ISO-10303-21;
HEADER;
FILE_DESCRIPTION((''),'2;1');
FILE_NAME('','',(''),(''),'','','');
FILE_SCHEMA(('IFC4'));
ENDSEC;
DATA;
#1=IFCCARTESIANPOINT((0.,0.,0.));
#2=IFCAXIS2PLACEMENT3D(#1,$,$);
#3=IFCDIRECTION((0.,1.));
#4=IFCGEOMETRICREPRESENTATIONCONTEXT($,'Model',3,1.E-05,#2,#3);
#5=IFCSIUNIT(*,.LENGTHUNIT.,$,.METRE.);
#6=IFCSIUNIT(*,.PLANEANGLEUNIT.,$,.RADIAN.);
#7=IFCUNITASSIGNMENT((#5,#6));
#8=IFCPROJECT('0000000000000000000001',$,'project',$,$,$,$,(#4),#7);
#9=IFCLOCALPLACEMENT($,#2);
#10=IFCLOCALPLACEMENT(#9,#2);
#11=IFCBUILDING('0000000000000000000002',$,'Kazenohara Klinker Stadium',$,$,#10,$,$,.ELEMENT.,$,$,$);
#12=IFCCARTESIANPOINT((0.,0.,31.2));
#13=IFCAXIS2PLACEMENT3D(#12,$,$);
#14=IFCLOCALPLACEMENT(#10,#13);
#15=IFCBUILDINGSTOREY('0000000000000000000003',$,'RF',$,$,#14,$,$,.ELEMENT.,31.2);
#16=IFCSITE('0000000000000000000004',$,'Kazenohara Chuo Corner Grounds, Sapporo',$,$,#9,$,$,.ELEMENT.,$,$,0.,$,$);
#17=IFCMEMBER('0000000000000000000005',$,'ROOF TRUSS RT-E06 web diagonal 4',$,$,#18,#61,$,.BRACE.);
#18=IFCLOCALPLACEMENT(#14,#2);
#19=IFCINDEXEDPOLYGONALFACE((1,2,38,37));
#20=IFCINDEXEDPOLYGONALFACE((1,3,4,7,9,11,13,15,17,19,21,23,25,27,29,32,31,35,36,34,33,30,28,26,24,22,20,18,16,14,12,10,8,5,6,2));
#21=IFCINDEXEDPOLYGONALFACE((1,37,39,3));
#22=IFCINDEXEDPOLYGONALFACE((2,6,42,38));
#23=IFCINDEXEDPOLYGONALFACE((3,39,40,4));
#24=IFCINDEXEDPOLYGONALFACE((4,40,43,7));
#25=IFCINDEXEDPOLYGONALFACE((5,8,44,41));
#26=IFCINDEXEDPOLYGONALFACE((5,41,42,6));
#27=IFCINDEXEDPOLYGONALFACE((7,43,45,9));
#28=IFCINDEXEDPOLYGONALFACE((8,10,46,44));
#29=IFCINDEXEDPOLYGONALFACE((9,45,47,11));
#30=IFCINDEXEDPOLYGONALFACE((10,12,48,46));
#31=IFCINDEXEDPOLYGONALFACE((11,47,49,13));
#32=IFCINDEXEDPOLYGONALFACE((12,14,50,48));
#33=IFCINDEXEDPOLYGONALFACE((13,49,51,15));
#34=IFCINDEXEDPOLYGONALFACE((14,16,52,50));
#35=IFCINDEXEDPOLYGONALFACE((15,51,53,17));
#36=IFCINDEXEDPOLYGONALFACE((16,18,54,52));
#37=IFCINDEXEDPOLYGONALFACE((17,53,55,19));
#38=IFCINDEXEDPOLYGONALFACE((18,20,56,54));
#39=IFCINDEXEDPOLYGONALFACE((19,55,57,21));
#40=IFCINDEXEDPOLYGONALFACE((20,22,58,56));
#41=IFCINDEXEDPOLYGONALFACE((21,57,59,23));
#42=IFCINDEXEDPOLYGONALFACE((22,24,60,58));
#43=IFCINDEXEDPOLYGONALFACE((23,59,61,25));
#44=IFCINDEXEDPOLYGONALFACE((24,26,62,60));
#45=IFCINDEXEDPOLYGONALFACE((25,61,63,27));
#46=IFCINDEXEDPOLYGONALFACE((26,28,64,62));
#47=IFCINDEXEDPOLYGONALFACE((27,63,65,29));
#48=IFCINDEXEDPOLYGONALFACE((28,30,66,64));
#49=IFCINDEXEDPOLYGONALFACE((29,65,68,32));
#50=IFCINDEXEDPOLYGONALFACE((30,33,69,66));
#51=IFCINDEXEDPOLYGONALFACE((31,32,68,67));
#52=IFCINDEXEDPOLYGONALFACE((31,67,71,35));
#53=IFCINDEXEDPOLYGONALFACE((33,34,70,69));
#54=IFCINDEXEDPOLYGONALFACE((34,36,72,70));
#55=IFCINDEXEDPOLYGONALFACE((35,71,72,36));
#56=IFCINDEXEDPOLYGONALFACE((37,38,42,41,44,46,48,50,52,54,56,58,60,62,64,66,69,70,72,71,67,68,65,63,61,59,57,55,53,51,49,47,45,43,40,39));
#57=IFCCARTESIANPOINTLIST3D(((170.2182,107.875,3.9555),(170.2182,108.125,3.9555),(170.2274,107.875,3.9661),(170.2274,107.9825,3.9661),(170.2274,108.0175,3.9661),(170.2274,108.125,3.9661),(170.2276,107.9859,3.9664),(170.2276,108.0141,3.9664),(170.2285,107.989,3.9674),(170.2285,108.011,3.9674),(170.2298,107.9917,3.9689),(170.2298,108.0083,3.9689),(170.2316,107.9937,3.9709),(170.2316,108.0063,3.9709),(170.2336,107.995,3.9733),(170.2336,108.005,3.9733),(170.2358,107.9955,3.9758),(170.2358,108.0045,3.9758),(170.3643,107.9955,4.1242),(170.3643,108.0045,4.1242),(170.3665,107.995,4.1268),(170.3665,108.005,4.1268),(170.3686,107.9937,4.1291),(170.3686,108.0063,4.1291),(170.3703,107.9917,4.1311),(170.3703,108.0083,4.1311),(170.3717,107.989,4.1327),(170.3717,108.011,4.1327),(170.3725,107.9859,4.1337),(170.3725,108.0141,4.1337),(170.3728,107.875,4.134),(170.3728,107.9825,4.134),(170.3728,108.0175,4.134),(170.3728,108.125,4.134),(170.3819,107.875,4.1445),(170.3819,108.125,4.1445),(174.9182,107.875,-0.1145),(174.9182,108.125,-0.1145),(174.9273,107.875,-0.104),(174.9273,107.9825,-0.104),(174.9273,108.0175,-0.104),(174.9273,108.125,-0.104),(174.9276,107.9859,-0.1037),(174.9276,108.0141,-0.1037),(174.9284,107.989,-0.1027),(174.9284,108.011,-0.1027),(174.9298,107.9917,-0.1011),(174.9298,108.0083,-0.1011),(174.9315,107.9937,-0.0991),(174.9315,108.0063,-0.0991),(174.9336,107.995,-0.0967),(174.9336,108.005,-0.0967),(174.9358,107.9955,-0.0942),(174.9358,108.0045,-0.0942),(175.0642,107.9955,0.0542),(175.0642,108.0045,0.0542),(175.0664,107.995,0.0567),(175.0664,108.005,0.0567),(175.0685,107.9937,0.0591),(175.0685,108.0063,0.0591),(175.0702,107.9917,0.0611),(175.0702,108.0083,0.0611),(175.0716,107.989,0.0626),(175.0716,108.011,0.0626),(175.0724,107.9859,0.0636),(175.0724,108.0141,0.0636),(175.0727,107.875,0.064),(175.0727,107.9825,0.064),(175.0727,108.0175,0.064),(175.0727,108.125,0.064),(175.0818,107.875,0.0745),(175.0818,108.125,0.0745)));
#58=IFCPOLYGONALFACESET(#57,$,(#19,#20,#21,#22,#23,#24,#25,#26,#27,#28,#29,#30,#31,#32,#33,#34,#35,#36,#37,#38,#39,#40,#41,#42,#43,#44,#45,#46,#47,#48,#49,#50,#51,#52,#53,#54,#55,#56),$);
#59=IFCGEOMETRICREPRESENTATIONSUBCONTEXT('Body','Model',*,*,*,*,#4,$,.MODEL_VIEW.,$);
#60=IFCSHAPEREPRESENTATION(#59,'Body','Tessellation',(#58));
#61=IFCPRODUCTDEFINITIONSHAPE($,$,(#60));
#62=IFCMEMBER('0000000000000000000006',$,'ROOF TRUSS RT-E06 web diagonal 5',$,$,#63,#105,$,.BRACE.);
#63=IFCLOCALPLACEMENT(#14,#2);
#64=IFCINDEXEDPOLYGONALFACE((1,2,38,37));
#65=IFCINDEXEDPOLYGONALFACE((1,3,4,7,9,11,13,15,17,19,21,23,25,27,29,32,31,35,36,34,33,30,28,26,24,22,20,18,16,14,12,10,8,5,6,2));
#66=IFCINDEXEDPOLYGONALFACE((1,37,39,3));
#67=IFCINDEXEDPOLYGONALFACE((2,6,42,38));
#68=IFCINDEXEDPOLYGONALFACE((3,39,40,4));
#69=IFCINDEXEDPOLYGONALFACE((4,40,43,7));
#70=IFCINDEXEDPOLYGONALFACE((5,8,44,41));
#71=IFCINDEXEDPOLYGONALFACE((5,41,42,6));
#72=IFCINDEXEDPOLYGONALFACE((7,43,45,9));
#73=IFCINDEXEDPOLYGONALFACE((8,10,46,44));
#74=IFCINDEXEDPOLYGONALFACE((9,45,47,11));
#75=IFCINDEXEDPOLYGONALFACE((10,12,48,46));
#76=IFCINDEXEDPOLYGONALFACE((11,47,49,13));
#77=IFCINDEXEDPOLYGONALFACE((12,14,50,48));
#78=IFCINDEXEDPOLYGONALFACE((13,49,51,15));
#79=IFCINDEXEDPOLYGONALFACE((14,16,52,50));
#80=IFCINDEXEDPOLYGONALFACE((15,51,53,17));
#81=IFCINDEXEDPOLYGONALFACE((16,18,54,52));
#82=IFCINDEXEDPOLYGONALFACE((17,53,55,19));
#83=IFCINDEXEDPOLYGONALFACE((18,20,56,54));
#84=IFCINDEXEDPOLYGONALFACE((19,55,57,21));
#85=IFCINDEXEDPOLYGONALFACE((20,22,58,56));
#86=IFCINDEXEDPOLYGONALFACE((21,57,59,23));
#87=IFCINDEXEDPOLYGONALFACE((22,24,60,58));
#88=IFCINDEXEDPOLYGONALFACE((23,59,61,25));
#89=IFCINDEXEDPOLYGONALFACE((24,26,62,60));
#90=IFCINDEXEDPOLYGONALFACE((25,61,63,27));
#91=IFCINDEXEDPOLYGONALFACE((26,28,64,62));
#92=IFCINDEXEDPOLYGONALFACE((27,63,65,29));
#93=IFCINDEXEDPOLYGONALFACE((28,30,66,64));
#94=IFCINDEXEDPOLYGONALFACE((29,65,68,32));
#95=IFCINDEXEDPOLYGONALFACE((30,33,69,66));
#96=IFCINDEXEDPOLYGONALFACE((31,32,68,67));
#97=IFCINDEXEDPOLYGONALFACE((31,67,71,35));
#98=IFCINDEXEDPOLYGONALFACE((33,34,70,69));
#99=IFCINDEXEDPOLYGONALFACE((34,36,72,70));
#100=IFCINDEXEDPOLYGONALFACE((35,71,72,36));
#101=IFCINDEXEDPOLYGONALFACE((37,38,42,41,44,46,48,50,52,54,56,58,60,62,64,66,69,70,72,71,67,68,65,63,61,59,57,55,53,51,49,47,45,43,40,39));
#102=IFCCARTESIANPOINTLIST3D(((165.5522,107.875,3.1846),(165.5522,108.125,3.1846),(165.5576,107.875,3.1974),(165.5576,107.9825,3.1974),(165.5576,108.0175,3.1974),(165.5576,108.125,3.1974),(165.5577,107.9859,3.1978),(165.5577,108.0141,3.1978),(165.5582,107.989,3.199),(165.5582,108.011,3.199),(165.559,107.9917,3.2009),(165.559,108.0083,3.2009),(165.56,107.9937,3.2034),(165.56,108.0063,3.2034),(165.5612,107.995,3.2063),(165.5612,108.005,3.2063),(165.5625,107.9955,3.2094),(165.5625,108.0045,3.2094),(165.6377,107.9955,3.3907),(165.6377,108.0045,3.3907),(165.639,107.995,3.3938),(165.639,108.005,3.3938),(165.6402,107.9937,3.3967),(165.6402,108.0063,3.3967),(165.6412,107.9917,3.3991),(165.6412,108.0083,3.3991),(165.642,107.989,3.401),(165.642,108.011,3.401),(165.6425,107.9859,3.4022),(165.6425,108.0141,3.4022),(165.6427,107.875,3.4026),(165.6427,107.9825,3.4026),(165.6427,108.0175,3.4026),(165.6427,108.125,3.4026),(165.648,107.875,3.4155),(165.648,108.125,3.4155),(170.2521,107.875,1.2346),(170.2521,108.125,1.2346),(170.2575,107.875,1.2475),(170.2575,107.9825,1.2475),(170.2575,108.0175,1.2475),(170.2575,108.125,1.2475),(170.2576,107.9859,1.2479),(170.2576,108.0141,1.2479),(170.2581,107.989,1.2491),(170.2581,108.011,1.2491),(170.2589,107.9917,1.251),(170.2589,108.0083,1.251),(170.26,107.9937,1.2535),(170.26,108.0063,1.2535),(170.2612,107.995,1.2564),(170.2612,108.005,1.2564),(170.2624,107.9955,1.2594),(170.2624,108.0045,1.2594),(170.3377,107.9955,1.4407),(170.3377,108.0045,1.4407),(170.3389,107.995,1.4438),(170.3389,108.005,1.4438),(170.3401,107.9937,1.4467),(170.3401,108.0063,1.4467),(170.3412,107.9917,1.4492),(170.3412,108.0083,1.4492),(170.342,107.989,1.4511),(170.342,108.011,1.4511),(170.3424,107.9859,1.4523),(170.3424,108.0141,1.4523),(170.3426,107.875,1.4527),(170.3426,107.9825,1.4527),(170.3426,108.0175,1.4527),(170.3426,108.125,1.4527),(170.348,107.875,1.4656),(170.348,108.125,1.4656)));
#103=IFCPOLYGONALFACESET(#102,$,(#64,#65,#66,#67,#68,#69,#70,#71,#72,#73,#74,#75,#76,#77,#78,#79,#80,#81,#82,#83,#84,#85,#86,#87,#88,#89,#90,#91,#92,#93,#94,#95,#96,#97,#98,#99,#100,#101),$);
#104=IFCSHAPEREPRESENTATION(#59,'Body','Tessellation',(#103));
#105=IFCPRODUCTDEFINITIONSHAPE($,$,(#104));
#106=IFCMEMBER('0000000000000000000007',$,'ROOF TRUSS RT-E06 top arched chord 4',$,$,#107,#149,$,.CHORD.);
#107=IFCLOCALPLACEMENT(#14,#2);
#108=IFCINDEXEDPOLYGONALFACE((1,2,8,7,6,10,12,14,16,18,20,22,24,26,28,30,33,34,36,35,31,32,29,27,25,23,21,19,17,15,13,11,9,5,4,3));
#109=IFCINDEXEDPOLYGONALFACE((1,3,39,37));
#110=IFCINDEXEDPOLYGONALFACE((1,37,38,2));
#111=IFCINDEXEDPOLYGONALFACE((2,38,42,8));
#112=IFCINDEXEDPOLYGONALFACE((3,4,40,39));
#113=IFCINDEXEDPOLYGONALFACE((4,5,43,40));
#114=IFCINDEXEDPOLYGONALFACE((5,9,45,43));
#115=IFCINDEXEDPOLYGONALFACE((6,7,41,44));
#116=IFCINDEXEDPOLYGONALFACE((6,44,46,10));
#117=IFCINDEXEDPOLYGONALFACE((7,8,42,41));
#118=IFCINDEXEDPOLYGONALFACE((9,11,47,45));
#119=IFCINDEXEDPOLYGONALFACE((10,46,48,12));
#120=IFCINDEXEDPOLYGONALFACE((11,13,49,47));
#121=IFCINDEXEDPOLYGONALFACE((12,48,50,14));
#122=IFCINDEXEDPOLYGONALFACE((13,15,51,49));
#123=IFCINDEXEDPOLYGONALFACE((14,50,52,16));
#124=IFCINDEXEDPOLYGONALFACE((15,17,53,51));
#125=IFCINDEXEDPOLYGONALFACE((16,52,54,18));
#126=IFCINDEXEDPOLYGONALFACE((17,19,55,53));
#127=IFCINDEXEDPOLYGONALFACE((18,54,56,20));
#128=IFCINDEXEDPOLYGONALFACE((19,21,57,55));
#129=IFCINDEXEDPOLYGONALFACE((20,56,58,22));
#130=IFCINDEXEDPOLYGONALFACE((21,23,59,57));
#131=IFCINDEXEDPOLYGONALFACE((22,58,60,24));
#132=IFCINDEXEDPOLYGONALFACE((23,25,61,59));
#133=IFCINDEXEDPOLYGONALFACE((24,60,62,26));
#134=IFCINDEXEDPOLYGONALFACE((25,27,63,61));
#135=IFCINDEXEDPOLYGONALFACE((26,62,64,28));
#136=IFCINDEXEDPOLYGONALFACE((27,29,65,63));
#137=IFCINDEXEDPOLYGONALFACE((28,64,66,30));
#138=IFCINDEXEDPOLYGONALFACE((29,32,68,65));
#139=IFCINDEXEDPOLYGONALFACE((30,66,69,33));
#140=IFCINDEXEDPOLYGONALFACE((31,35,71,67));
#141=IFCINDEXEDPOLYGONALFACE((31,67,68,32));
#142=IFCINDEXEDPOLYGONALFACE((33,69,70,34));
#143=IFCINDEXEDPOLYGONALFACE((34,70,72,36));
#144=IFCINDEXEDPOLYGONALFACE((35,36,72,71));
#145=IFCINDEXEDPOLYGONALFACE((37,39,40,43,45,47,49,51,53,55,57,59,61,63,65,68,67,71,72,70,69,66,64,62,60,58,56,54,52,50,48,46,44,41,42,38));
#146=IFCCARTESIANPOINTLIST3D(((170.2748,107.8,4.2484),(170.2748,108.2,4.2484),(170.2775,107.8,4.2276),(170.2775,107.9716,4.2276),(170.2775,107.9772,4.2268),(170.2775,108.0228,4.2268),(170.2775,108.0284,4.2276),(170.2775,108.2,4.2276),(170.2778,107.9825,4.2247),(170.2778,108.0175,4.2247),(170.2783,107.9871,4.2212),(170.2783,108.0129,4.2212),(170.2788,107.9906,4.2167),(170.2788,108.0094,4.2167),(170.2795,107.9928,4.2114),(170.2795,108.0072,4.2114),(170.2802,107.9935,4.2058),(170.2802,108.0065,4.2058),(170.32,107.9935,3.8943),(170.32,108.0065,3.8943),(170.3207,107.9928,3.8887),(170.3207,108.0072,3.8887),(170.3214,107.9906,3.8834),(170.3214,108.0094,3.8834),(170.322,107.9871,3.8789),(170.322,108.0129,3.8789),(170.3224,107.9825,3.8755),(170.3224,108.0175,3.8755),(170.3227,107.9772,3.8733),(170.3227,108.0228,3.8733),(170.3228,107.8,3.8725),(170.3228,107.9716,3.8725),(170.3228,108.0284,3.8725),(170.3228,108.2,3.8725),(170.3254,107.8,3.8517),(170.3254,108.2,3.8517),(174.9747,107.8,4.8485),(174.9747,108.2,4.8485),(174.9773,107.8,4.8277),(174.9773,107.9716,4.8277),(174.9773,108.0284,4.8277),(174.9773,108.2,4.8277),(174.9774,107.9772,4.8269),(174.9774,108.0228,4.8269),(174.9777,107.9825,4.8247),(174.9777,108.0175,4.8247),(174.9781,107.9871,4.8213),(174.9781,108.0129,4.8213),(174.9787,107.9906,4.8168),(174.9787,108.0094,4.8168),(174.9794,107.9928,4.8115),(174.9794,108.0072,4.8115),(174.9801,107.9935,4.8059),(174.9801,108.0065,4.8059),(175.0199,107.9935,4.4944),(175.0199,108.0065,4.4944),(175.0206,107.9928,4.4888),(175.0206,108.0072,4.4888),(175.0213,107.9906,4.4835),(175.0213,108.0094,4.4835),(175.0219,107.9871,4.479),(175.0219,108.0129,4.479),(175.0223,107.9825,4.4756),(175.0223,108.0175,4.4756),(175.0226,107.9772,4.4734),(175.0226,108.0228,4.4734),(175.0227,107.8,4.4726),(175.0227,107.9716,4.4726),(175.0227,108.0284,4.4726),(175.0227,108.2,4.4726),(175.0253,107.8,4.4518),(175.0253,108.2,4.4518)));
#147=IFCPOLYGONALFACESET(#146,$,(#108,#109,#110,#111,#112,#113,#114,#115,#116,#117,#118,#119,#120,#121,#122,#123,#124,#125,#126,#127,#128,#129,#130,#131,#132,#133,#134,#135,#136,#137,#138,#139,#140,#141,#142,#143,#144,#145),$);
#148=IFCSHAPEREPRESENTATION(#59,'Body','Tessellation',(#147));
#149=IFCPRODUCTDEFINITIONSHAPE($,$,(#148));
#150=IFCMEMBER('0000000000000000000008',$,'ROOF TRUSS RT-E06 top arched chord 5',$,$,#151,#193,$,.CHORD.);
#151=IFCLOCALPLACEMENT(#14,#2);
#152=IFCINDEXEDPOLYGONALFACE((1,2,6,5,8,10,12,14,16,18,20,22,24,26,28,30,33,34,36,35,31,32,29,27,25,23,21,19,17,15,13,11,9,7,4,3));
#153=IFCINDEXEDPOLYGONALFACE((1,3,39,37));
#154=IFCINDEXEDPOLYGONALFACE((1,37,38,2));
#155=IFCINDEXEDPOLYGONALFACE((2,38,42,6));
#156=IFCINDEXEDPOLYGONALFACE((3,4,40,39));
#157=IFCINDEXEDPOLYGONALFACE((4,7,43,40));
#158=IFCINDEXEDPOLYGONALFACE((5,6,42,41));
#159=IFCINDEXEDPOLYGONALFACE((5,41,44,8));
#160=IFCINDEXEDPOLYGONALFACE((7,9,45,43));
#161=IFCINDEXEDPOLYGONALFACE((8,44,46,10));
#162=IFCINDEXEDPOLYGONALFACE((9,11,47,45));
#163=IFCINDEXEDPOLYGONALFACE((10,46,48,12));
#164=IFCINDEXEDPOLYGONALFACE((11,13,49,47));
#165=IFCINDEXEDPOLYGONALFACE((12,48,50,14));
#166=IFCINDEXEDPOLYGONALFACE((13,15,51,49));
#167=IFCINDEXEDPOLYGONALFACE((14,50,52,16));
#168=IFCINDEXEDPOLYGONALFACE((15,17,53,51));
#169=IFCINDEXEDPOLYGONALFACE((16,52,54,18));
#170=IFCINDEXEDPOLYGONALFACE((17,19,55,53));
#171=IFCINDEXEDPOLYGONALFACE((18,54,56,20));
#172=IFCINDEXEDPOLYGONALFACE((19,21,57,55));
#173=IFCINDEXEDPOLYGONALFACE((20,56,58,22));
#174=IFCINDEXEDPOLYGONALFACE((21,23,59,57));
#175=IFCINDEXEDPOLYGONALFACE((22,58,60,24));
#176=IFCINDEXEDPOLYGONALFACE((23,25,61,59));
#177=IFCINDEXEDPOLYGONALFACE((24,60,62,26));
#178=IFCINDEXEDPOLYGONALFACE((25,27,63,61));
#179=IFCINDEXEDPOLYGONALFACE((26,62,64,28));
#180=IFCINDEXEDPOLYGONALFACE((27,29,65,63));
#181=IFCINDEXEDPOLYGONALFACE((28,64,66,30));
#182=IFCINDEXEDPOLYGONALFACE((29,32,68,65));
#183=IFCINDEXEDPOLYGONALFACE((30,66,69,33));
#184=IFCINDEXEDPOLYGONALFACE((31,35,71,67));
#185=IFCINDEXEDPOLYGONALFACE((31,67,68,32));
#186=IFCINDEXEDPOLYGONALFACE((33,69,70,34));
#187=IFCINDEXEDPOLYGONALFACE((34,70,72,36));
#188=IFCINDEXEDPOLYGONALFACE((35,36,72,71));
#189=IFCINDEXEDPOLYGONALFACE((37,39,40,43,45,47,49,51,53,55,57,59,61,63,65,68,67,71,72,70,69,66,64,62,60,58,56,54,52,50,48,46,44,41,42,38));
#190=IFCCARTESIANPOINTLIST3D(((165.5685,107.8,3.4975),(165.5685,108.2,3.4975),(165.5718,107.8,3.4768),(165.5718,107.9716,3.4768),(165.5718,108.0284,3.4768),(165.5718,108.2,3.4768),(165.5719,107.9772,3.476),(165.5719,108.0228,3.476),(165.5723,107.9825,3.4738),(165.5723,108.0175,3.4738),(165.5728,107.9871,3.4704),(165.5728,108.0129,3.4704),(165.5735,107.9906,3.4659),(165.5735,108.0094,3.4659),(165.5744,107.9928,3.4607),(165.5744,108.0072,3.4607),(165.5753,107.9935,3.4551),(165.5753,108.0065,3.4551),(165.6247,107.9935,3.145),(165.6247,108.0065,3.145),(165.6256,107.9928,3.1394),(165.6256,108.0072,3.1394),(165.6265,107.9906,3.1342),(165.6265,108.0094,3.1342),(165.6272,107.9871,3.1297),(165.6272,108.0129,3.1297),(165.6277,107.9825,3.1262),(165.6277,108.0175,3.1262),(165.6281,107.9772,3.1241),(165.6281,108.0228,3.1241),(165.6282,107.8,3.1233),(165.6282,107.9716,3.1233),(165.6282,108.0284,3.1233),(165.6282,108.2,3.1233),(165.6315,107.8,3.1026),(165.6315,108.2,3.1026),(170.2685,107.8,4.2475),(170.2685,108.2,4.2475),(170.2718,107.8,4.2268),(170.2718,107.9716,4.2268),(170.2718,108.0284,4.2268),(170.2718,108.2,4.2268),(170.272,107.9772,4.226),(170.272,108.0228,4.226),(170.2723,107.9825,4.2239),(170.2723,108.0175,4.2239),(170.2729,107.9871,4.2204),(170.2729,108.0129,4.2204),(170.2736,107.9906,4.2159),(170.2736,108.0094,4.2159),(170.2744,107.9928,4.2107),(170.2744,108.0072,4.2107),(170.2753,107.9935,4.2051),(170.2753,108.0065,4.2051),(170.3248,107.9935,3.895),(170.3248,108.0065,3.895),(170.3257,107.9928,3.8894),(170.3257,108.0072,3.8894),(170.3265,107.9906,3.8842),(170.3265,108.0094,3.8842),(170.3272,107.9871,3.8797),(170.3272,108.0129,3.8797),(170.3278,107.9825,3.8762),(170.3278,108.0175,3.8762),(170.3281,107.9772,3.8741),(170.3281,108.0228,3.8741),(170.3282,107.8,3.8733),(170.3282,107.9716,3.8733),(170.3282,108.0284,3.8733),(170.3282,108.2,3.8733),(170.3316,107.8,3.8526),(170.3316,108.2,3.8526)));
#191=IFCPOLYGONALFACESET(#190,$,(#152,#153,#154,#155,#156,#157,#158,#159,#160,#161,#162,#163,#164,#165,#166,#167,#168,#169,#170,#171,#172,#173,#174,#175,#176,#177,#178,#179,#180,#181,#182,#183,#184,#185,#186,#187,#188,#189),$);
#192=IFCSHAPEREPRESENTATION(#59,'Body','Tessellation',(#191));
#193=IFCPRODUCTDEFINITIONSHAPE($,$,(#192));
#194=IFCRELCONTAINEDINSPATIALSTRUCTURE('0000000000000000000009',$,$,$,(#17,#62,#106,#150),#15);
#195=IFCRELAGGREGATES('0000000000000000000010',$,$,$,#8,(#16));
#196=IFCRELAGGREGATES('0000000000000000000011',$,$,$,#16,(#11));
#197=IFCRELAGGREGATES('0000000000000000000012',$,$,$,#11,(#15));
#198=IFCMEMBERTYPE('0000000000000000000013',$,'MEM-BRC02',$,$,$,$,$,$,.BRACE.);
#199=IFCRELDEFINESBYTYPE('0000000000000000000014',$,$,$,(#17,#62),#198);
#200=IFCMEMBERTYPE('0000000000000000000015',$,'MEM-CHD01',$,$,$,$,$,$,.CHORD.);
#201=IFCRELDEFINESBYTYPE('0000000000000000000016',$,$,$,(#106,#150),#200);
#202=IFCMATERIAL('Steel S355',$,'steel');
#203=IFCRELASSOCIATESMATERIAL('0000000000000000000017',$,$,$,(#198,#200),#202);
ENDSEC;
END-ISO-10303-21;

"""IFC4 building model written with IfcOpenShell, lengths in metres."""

from ifc_helpers import new_model, si_unit, direction, frame, origin, origin_2d, place, context, subcontext, project, spatial, i_section, extrude, material, material_profile, profile_set, type_object, element, save


model = new_model("IFC4")

# Units and contexts
model_context = context("Model", 3, precision=1e-05, world=origin(), true_north=direction((0.0, 1.0)))
body_context = subcontext(model_context, "Body", "Model", "MODEL_VIEW")
ifc_project = project(units=[si_unit("LENGTHUNIT", "METRE"), si_unit("PLANEANGLEUNIT", "RADIAN")], contexts=[model_context])

# Site, building, storey
site_placement = place(None, origin())
site = spatial("IfcSite", under=ifc_project, at=site_placement, Name="Kazenohara Chuo Corner Grounds, Sapporo", CompositionType="ELEMENT", RefElevation=0.0)
building_placement = place(site_placement, origin())
building = spatial("IfcBuilding", under=site, at=building_placement, Name="Kazenohara Klinker Stadium", CompositionType="ELEMENT")
storey_placement = place(building_placement, frame((0.0, 0.0, 31.2)))
storey = spatial("IfcBuildingStorey", under=building, at=storey_placement, Name="RF", CompositionType="ELEMENT", Elevation=31.2)

# Members
ifc_material_1 = material(Name="Steel S355", Category="steel")
ifc_material_profile_1 = material_profile(ifc_material_1, i_section(OverallWidth=0.25, OverallDepth=0.25, WebThickness=0.009, FlangeThickness=0.0139, FilletRadius=0.0129, at=origin_2d()), Name="H-250x250x9x14")
ifc_profile_set_1 = profile_set([ifc_material_profile_1], Name="Steel S355")
member_type_1 = type_object("IfcMemberType", Name="MEM-BRC02", PredefinedType="BRACE", material=ifc_profile_set_1)
member_1_placement = place(storey_placement, frame((175.0, 108.0, -0.02), z_axis=(-0.755946, 0.0, 0.654634), x_axis=(0.0, -1.0, 0.0)))
element("IfcMember", 1, at=member_1_placement, inside=storey, type_object=member_type_1, Name="ROOF TRUSS RT-E06 web diagonal 4", PredefinedType="BRACE", context=body_context, shape_type="SweptSolid", body=[
    extrude(i_section(OverallWidth=0.25, OverallDepth=0.25, WebThickness=0.009, FlangeThickness=0.0139, FilletRadius=0.0129, at=origin_2d()), origin(), (0.0, 0.0, 1.0), 6.2173),
])
member_2_placement = place(storey_placement, frame((170.3, 108.0, 1.3501), z_axis=(-0.923659, 0.0, 0.383215), x_axis=(0.0, -1.0, 0.0)))
element("IfcMember", 2, at=member_2_placement, inside=storey, type_object=member_type_1, Name="ROOF TRUSS RT-E06 web diagonal 5", PredefinedType="BRACE", context=body_context, shape_type="SweptSolid", body=[
    extrude(i_section(OverallWidth=0.25, OverallDepth=0.25, WebThickness=0.009, FlangeThickness=0.0139, FilletRadius=0.0129, at=origin_2d()), origin(), (0.0, 0.0, 1.0), 5.0884),
])
ifc_material_profile_2 = material_profile(ifc_material_1, i_section(OverallWidth=0.3999, OverallDepth=0.3999, WebThickness=0.0129, FlangeThickness=0.021, FilletRadius=0.022, at=origin_2d()), Name="H-400x400x13x21")
ifc_profile_set_2 = profile_set([ifc_material_profile_2], Name="Steel S355")
member_type_2 = type_object("IfcMemberType", Name="MEM-CHD01", PredefinedType="CHORD", material=ifc_profile_set_2)
member_3_placement = place(storey_placement, frame((175.0, 108.0, 4.6501), z_axis=(-0.991947, 0.0, -0.126653), x_axis=(0.0, -1.0, 0.0)))
element("IfcMember", 3, at=member_3_placement, inside=storey, type_object=member_type_2, Name="ROOF TRUSS RT-E06 top arched chord 4", PredefinedType="CHORD", context=body_context, shape_type="SweptSolid", body=[
    extrude(i_section(OverallWidth=0.3999, OverallDepth=0.3999, WebThickness=0.0129, FlangeThickness=0.021, FilletRadius=0.022, at=origin_2d()), origin(), (0.0, 0.0, 1.0), 4.738),
])
member_4_placement = place(storey_placement, frame((170.3, 108.0, 4.05), z_axis=(-0.987506, 0.0, -0.157582), x_axis=(0.0, -1.0, 0.0)))
element("IfcMember", 4, at=member_4_placement, inside=storey, type_object=member_type_2, Name="ROOF TRUSS RT-E06 top arched chord 5", PredefinedType="CHORD", context=body_context, shape_type="SweptSolid", body=[
    extrude(i_section(OverallWidth=0.3999, OverallDepth=0.3999, WebThickness=0.0129, FlangeThickness=0.021, FilletRadius=0.022, at=origin_2d()), origin(), (0.0, 0.0, 1.0), 4.7595),
])

save(model, "model.ifc")
